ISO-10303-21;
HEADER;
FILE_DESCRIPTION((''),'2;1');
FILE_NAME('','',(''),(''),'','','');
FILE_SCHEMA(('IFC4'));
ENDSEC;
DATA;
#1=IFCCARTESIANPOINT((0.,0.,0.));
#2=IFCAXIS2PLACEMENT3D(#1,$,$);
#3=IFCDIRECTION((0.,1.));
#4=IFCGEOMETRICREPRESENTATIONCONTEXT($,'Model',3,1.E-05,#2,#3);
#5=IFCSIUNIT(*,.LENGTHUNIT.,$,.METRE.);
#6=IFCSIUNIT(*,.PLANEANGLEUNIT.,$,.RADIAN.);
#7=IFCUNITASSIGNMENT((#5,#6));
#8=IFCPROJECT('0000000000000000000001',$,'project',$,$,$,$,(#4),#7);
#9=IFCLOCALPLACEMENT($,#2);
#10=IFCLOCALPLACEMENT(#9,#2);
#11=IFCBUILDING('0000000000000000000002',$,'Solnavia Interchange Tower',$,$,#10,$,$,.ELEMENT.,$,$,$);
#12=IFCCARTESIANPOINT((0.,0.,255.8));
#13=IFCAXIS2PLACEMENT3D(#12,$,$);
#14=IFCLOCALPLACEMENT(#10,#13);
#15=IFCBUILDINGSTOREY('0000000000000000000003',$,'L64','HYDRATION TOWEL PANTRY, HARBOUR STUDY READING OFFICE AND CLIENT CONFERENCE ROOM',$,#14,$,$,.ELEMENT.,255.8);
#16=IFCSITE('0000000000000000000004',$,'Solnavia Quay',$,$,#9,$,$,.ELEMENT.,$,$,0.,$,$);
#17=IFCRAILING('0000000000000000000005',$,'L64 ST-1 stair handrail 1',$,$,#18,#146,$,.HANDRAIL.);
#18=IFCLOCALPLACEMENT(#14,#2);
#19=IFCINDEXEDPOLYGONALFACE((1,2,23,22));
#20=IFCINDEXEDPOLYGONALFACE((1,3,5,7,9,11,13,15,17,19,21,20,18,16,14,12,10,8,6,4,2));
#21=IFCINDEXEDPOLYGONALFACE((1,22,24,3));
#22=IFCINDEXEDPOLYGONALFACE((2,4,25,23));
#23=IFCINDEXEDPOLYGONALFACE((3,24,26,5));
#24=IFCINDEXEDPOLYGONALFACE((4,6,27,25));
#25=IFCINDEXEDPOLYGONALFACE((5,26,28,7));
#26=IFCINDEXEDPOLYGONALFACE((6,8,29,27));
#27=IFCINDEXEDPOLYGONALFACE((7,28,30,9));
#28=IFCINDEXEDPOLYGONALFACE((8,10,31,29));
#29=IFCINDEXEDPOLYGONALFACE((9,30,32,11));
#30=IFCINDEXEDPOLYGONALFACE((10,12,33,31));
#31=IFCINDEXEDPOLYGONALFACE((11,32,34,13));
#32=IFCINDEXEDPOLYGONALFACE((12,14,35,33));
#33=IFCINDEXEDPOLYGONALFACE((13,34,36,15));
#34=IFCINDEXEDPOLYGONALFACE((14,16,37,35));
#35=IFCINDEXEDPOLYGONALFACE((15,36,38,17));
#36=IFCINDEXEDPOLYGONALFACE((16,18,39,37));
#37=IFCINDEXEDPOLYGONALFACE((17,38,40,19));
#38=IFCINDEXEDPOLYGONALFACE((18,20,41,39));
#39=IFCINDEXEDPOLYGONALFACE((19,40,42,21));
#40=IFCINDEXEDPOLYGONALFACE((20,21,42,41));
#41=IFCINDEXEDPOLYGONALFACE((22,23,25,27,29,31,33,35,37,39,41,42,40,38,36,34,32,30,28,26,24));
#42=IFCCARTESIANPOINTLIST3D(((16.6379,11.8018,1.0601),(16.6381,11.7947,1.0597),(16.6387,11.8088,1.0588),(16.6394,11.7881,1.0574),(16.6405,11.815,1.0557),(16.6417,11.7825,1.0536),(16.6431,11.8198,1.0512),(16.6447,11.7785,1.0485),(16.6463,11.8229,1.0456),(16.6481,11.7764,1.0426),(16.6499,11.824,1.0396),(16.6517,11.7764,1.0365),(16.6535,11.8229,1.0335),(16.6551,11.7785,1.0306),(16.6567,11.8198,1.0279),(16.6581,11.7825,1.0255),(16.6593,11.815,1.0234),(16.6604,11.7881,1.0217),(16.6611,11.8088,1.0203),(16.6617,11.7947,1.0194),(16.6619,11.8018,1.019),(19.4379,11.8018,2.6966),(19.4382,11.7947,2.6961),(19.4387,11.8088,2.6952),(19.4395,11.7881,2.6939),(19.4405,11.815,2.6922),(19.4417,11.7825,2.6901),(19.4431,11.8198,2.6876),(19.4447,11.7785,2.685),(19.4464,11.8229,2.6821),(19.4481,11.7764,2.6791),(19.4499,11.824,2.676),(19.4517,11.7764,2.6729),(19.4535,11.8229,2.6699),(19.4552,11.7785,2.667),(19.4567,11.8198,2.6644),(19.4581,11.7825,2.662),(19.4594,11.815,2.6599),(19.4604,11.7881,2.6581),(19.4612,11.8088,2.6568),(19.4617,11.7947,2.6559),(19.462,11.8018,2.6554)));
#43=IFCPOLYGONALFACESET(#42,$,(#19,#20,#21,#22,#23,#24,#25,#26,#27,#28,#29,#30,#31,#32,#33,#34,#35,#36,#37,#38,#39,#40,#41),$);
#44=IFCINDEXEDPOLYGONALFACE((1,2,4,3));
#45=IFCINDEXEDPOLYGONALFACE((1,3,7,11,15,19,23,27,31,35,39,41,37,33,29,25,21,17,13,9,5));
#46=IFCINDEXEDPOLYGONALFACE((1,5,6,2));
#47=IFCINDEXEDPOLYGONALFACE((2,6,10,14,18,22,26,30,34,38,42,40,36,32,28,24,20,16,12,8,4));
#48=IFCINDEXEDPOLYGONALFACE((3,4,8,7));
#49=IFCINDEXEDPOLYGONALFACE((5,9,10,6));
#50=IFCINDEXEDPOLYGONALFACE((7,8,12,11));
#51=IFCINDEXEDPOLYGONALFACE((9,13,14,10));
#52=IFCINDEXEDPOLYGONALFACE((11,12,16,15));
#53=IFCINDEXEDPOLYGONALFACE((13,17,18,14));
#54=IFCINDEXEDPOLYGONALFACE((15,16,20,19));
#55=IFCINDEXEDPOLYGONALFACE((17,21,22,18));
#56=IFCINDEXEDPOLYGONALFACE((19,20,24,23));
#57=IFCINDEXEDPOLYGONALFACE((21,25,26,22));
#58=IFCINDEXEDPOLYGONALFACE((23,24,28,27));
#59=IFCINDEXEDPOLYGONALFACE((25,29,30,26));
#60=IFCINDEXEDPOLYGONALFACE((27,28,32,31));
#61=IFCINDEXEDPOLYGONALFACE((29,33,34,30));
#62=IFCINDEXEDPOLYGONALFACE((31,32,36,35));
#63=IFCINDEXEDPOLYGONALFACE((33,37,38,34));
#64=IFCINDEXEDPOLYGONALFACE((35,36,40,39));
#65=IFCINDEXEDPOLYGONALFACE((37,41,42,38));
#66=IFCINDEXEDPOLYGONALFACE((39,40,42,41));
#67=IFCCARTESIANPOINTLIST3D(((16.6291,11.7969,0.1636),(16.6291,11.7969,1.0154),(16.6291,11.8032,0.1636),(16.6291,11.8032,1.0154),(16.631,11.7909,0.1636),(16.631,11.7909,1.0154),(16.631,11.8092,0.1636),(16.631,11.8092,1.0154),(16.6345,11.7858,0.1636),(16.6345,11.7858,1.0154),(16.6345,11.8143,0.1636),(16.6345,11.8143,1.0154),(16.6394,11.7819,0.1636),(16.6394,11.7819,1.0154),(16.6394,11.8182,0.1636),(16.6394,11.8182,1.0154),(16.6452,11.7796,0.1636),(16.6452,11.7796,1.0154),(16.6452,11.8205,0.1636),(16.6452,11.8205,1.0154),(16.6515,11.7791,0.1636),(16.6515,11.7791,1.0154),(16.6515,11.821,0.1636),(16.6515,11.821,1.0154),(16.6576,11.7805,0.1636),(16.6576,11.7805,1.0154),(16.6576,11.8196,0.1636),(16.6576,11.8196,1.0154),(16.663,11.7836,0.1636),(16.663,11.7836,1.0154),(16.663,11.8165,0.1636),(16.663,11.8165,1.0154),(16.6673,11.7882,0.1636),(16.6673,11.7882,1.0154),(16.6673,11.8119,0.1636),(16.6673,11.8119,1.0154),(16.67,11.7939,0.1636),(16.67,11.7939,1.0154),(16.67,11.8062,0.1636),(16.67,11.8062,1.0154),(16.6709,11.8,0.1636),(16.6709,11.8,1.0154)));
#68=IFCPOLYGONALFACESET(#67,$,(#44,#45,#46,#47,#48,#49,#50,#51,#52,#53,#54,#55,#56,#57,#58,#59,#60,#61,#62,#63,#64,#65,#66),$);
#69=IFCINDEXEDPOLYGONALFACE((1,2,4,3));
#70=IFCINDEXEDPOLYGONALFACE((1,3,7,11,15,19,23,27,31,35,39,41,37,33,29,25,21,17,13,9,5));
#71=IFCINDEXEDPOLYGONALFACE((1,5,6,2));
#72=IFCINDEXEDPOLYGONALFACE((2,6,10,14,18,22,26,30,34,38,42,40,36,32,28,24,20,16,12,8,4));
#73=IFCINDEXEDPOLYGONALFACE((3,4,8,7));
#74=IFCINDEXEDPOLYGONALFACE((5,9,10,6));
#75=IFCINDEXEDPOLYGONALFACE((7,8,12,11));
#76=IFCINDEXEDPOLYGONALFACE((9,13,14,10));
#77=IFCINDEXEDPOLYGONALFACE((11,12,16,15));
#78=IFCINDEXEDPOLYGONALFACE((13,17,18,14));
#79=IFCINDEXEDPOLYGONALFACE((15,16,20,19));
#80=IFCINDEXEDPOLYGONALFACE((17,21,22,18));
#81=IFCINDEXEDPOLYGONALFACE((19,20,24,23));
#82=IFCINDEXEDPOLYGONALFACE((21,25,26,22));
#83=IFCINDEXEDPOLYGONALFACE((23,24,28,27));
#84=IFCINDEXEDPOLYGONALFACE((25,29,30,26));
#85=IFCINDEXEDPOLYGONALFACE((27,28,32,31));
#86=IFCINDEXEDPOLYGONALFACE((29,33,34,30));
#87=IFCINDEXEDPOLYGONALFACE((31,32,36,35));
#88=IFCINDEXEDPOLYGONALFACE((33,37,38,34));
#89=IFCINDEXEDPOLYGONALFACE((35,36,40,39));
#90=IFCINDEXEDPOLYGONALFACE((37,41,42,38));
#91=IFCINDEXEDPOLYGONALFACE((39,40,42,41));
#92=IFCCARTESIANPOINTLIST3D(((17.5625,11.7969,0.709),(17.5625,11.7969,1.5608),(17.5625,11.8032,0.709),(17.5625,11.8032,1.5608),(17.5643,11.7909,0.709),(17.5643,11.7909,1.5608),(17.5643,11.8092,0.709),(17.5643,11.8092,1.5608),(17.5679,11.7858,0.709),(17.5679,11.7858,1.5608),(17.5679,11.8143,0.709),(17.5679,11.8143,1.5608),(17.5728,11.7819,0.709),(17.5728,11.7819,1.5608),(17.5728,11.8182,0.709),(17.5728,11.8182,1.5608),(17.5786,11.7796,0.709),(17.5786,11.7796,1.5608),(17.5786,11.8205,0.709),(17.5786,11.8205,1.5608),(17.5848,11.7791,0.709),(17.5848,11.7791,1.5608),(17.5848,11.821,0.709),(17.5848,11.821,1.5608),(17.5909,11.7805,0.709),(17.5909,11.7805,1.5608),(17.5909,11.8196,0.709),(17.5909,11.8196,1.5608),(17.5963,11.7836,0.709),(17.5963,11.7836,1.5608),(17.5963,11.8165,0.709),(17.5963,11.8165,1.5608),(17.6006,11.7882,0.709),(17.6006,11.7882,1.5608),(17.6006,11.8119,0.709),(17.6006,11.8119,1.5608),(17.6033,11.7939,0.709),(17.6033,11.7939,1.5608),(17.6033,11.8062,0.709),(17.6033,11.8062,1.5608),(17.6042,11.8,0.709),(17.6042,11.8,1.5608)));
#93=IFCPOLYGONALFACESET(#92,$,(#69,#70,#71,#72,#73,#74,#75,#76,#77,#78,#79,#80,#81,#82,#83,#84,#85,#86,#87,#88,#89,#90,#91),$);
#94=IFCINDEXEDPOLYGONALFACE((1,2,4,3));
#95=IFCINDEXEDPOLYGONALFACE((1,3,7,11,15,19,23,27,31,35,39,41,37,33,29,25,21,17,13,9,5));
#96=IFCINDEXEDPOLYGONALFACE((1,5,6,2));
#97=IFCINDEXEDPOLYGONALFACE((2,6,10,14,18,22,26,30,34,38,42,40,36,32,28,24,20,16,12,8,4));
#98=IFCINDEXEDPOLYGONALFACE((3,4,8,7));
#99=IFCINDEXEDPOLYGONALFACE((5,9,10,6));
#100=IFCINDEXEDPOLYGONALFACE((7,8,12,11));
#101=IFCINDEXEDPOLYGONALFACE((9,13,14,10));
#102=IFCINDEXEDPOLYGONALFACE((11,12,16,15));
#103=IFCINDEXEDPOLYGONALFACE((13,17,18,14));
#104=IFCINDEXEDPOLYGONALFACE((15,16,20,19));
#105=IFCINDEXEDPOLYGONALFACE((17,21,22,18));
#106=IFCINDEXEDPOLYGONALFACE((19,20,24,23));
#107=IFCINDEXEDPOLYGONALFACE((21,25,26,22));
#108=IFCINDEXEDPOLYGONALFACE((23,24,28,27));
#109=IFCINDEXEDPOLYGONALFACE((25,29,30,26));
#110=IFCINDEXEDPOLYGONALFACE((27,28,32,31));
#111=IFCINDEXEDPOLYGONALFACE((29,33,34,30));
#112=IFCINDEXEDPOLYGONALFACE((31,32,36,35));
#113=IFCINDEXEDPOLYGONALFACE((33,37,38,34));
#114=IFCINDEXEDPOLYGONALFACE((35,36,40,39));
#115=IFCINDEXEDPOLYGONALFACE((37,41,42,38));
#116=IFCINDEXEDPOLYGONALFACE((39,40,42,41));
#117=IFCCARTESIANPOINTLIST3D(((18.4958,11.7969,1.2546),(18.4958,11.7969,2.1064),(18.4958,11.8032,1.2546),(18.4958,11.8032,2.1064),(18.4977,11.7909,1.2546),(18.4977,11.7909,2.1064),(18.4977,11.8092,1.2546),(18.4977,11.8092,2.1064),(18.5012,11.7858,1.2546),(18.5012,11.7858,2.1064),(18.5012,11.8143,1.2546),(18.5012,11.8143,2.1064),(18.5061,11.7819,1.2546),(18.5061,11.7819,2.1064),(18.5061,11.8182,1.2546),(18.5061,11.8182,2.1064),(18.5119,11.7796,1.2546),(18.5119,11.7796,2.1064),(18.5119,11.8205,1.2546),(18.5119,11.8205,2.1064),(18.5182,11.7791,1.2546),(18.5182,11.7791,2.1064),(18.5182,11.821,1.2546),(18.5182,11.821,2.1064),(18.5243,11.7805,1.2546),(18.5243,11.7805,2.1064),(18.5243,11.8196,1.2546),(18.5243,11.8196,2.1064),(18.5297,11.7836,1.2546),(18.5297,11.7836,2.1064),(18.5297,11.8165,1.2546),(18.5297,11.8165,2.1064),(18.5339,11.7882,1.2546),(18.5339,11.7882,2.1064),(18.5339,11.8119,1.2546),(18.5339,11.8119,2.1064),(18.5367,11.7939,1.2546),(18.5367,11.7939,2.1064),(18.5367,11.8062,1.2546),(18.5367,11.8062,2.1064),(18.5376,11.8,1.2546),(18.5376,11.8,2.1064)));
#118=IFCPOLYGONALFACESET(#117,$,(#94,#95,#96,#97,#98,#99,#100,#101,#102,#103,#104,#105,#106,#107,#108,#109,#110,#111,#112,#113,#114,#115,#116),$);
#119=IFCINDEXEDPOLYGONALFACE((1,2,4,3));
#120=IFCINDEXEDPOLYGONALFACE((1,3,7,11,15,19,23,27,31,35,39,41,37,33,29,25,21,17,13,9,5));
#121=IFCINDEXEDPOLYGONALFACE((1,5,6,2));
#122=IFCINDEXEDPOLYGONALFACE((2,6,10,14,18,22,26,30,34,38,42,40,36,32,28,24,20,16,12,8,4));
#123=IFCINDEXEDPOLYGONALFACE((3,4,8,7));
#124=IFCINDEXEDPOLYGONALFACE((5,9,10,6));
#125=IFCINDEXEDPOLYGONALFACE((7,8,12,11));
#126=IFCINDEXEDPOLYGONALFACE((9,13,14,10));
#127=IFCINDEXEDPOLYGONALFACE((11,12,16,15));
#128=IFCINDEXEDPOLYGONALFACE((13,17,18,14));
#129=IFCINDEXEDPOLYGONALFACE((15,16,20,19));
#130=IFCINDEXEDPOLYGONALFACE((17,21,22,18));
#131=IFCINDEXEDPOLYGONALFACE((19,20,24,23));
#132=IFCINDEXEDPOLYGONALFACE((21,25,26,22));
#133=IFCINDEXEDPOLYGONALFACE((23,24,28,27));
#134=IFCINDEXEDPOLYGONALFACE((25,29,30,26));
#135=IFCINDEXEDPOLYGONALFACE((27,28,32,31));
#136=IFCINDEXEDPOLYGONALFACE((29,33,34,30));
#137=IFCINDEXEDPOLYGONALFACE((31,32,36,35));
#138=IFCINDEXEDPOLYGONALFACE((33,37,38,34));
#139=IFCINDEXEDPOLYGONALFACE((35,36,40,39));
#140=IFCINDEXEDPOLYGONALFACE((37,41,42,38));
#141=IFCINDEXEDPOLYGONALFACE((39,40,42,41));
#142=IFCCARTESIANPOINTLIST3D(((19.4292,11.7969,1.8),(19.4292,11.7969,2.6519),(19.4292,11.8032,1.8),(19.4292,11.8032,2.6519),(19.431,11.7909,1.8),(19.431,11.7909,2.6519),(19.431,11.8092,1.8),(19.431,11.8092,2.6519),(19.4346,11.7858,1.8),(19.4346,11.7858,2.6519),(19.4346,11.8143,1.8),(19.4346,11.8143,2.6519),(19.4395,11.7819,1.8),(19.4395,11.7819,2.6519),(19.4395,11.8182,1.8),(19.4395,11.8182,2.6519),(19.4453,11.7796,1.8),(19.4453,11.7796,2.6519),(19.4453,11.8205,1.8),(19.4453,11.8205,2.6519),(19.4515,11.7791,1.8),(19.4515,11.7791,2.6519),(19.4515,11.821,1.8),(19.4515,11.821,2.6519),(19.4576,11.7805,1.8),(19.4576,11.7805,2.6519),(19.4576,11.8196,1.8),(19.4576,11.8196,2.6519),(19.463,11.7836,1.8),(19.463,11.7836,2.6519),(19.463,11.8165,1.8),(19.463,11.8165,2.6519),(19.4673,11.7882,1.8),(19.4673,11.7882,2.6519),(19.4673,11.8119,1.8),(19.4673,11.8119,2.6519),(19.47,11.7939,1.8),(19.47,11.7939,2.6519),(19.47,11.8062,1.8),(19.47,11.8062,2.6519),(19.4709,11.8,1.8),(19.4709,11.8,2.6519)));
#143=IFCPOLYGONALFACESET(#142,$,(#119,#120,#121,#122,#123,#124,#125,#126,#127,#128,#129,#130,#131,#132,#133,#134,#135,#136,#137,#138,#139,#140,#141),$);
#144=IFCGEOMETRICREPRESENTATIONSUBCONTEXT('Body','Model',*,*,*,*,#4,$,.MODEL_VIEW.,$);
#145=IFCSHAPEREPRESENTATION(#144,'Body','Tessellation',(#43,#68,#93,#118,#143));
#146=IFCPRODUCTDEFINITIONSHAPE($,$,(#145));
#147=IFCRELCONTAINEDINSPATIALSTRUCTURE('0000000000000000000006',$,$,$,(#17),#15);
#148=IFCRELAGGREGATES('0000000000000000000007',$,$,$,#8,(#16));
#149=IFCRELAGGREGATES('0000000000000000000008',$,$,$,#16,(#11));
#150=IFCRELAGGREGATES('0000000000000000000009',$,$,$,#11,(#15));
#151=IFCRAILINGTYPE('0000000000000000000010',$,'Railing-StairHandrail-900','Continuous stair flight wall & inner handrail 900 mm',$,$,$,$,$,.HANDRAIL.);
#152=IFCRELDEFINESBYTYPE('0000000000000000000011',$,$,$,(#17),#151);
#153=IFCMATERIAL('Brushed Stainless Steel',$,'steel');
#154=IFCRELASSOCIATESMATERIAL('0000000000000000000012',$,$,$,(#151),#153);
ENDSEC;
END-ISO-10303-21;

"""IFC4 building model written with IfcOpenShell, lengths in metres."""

from ifc_helpers import new_model, si_unit, direction, frame, origin, origin_2d, place, context, subcontext, project, spatial, circle, extrude, material, type_object, element, save


model = new_model("IFC4")

# Units and contexts
model_context = context("Model", 3, precision=1e-05, world=origin(), true_north=direction((0.0, 1.0)))
body_context = subcontext(model_context, "Body", "Model", "MODEL_VIEW")
ifc_project = project(units=[si_unit("LENGTHUNIT", "METRE"), si_unit("PLANEANGLEUNIT", "RADIAN")], contexts=[model_context])

# Site, building, storey
site_placement = place(None, origin())
site = spatial("IfcSite", under=ifc_project, at=site_placement, Name="Solnavia Quay", CompositionType="ELEMENT", RefElevation=0.0)
building_placement = place(site_placement, origin())
building = spatial("IfcBuilding", under=site, at=building_placement, Name="Solnavia Interchange Tower", CompositionType="ELEMENT")
storey_placement = place(building_placement, frame((0.0, 0.0, 255.8)))
storey = spatial("IfcBuildingStorey", under=building, at=storey_placement, Name="L64", Description="HYDRATION TOWEL PANTRY, HARBOUR STUDY READING OFFICE AND CLIENT CONFERENCE ROOM", CompositionType="ELEMENT", Elevation=255.8)

# Railing
ifc_material_1 = material(Name="Brushed Stainless Steel", Category="steel")
railing_type_1 = type_object("IfcRailingType", Name="Railing-StairHandrail-900", Description="Continuous stair flight wall & inner handrail 900 mm", PredefinedType="HANDRAIL", material=ifc_material_1)
railing_1_placement = place(storey_placement, frame((16.6499, 11.8, 0.1636)))
element("IfcRailing", 1, at=railing_1_placement, inside=storey, type_object=railing_type_1, Name="L64 ST-1 stair handrail 1", PredefinedType="HANDRAIL", context=body_context, shape_type="SweptSolid", body=[
    extrude(circle(Radius=0.0239, at=origin_2d()), frame((0.0, 0.0, 0.876), z_axis=(0.863361, 0.0, 0.504587), x_axis=(0.0, 1.0, 0.0)), (0.0, 0.0, 1.0), 3.2432),
    extrude(circle(Radius=0.021, at=origin_2d()), origin(), (0.0, 0.0, 1.0), 0.8518),
    extrude(circle(Radius=0.021, at=origin_2d()), frame((0.9333, 0.0, 0.5454)), (0.0, 0.0, 1.0), 0.8518),
    extrude(circle(Radius=0.021, at=origin_2d()), frame((1.8667, 0.0, 1.0911)), (0.0, 0.0, 1.0), 0.8518),
    extrude(circle(Radius=0.021, at=origin_2d()), frame((2.8, 0.0, 1.6365)), (0.0, 0.0, 1.0), 0.8518),
])

save(model, "model.ifc")
